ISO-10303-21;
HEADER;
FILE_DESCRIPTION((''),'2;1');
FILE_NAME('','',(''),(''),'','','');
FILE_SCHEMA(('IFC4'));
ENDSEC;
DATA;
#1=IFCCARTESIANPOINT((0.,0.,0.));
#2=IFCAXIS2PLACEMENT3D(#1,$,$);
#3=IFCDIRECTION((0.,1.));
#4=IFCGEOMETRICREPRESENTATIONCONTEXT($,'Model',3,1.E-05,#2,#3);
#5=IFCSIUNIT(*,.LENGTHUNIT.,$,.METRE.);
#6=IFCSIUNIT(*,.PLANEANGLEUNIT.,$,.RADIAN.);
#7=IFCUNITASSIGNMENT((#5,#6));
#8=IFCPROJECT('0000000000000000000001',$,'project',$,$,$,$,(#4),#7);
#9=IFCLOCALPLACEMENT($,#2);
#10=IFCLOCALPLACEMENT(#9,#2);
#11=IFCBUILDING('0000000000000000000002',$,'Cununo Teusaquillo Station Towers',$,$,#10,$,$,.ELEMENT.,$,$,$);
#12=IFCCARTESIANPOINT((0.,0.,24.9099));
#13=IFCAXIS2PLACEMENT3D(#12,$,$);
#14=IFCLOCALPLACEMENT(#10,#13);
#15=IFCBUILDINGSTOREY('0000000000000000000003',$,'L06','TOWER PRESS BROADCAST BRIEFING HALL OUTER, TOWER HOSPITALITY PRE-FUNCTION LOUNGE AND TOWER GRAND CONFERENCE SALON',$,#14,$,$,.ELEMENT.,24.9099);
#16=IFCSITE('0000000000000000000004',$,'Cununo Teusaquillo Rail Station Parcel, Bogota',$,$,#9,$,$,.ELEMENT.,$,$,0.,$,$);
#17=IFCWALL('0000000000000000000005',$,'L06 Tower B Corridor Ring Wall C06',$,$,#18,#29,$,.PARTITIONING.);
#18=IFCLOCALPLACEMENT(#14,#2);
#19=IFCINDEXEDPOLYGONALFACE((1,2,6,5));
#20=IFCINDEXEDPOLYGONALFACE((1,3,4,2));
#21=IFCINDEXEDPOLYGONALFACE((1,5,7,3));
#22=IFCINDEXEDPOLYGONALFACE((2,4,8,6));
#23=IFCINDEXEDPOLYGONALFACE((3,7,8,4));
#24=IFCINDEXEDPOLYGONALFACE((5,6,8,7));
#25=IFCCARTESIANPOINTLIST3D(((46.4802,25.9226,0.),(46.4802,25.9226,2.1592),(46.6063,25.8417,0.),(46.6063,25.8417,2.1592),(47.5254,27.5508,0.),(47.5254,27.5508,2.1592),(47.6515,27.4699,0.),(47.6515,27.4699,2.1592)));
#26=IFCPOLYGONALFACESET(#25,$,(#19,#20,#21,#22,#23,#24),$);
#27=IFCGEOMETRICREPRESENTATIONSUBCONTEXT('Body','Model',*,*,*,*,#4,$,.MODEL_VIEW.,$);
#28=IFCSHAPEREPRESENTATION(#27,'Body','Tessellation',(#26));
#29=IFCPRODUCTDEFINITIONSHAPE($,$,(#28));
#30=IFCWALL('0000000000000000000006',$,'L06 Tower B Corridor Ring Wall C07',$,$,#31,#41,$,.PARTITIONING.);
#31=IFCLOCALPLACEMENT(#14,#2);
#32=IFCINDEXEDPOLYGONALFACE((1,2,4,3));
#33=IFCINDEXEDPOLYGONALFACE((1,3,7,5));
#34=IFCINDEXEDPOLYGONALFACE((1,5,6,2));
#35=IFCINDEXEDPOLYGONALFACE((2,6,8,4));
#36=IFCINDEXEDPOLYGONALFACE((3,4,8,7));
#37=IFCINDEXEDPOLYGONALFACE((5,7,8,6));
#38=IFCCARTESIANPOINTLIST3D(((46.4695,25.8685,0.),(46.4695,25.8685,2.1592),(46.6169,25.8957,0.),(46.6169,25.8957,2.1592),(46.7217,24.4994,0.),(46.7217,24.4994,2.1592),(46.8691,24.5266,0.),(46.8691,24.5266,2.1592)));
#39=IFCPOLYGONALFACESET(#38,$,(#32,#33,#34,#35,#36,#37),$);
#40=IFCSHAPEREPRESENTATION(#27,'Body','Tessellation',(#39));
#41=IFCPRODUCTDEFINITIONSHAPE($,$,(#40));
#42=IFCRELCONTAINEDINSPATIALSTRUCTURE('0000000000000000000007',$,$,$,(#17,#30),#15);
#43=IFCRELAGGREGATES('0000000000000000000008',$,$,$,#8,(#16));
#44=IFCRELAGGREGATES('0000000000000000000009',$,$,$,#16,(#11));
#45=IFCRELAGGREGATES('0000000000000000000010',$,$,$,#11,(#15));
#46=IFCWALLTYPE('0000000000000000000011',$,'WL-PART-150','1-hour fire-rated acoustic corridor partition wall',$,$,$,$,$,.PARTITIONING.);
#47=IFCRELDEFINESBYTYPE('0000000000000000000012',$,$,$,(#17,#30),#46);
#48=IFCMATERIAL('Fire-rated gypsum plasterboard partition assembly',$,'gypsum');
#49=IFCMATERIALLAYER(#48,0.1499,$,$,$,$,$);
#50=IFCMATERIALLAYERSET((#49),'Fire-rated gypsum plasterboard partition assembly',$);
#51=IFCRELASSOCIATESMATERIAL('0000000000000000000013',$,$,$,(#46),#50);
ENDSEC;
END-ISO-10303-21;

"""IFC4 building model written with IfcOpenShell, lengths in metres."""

from ifc_helpers import new_model, si_unit, direction, frame, frame_2d, origin, place, context, subcontext, project, spatial, rectangle, extrude, material, layer, layer_set, type_object, element, save


model = new_model("IFC4")

# Units and contexts
model_context = context("Model", 3, precision=1e-05, world=origin(), true_north=direction((0.0, 1.0)))
body_context = subcontext(model_context, "Body", "Model", "MODEL_VIEW")
ifc_project = project(units=[si_unit("LENGTHUNIT", "METRE"), si_unit("PLANEANGLEUNIT", "RADIAN")], contexts=[model_context])

# Site, building, storey
site_placement = place(None, origin())
site = spatial("IfcSite", under=ifc_project, at=site_placement, Name="Cununo Teusaquillo Rail Station Parcel, Bogota", CompositionType="ELEMENT", RefElevation=0.0)
building_placement = place(site_placement, origin())
building = spatial("IfcBuilding", under=site, at=building_placement, Name="Cununo Teusaquillo Station Towers", CompositionType="ELEMENT")
storey_placement = place(building_placement, frame((0.0, 0.0, 24.9099)))
storey = spatial("IfcBuildingStorey", under=building, at=storey_placement, Name="L06", Description="TOWER PRESS BROADCAST BRIEFING HALL OUTER, TOWER HOSPITALITY PRE-FUNCTION LOUNGE AND TOWER GRAND CONFERENCE SALON", CompositionType="ELEMENT", Elevation=24.9099)

# Walls
ifc_material_1 = material(Name="Fire-rated gypsum plasterboard partition assembly", Category="gypsum")
ifc_layer_1 = layer(ifc_material_1, 0.1499)
ifc_layer_set_1 = layer_set([ifc_layer_1], Name="Fire-rated gypsum plasterboard partition assembly")
wall_type_1 = type_object("IfcWallType", Name="WL-PART-150", Description="1-hour fire-rated acoustic corridor partition wall", PredefinedType="PARTITIONING", material=ifc_layer_set_1)
wall_1_placement = place(storey_placement, frame((47.5884, 27.5103, 0.0), z_axis=(0.0, 0.0, 1.0), x_axis=(-0.540203, -0.841535, 0.0)))
element("IfcWall", 1, at=wall_1_placement, inside=storey, type_object=wall_type_1, Name="L06 Tower B Corridor Ring Wall C06", PredefinedType="PARTITIONING", context=body_context, shape_type="SweptSolid", body=[
    extrude(rectangle(XDim=1.9348, YDim=0.1499, at=frame_2d((0.9673, 0.0))), origin(), (0.0, 0.0, 1.0), 2.1592),
])
wall_2_placement = place(storey_placement, frame((46.5432, 25.8821, 0.0), z_axis=(0.0, 0.0, 1.0), x_axis=(0.181154, -0.983455, 0.0)))
element("IfcWall", 2, at=wall_2_placement, inside=storey, type_object=wall_type_1, Name="L06 Tower B Corridor Ring Wall C07", PredefinedType="PARTITIONING", context=body_context, shape_type="SweptSolid", body=[
    extrude(rectangle(XDim=1.3921, YDim=0.1499, at=frame_2d((0.696, 0.0))), origin(), (0.0, 0.0, 1.0), 2.1592),
])

save(model, "model.ifc")
